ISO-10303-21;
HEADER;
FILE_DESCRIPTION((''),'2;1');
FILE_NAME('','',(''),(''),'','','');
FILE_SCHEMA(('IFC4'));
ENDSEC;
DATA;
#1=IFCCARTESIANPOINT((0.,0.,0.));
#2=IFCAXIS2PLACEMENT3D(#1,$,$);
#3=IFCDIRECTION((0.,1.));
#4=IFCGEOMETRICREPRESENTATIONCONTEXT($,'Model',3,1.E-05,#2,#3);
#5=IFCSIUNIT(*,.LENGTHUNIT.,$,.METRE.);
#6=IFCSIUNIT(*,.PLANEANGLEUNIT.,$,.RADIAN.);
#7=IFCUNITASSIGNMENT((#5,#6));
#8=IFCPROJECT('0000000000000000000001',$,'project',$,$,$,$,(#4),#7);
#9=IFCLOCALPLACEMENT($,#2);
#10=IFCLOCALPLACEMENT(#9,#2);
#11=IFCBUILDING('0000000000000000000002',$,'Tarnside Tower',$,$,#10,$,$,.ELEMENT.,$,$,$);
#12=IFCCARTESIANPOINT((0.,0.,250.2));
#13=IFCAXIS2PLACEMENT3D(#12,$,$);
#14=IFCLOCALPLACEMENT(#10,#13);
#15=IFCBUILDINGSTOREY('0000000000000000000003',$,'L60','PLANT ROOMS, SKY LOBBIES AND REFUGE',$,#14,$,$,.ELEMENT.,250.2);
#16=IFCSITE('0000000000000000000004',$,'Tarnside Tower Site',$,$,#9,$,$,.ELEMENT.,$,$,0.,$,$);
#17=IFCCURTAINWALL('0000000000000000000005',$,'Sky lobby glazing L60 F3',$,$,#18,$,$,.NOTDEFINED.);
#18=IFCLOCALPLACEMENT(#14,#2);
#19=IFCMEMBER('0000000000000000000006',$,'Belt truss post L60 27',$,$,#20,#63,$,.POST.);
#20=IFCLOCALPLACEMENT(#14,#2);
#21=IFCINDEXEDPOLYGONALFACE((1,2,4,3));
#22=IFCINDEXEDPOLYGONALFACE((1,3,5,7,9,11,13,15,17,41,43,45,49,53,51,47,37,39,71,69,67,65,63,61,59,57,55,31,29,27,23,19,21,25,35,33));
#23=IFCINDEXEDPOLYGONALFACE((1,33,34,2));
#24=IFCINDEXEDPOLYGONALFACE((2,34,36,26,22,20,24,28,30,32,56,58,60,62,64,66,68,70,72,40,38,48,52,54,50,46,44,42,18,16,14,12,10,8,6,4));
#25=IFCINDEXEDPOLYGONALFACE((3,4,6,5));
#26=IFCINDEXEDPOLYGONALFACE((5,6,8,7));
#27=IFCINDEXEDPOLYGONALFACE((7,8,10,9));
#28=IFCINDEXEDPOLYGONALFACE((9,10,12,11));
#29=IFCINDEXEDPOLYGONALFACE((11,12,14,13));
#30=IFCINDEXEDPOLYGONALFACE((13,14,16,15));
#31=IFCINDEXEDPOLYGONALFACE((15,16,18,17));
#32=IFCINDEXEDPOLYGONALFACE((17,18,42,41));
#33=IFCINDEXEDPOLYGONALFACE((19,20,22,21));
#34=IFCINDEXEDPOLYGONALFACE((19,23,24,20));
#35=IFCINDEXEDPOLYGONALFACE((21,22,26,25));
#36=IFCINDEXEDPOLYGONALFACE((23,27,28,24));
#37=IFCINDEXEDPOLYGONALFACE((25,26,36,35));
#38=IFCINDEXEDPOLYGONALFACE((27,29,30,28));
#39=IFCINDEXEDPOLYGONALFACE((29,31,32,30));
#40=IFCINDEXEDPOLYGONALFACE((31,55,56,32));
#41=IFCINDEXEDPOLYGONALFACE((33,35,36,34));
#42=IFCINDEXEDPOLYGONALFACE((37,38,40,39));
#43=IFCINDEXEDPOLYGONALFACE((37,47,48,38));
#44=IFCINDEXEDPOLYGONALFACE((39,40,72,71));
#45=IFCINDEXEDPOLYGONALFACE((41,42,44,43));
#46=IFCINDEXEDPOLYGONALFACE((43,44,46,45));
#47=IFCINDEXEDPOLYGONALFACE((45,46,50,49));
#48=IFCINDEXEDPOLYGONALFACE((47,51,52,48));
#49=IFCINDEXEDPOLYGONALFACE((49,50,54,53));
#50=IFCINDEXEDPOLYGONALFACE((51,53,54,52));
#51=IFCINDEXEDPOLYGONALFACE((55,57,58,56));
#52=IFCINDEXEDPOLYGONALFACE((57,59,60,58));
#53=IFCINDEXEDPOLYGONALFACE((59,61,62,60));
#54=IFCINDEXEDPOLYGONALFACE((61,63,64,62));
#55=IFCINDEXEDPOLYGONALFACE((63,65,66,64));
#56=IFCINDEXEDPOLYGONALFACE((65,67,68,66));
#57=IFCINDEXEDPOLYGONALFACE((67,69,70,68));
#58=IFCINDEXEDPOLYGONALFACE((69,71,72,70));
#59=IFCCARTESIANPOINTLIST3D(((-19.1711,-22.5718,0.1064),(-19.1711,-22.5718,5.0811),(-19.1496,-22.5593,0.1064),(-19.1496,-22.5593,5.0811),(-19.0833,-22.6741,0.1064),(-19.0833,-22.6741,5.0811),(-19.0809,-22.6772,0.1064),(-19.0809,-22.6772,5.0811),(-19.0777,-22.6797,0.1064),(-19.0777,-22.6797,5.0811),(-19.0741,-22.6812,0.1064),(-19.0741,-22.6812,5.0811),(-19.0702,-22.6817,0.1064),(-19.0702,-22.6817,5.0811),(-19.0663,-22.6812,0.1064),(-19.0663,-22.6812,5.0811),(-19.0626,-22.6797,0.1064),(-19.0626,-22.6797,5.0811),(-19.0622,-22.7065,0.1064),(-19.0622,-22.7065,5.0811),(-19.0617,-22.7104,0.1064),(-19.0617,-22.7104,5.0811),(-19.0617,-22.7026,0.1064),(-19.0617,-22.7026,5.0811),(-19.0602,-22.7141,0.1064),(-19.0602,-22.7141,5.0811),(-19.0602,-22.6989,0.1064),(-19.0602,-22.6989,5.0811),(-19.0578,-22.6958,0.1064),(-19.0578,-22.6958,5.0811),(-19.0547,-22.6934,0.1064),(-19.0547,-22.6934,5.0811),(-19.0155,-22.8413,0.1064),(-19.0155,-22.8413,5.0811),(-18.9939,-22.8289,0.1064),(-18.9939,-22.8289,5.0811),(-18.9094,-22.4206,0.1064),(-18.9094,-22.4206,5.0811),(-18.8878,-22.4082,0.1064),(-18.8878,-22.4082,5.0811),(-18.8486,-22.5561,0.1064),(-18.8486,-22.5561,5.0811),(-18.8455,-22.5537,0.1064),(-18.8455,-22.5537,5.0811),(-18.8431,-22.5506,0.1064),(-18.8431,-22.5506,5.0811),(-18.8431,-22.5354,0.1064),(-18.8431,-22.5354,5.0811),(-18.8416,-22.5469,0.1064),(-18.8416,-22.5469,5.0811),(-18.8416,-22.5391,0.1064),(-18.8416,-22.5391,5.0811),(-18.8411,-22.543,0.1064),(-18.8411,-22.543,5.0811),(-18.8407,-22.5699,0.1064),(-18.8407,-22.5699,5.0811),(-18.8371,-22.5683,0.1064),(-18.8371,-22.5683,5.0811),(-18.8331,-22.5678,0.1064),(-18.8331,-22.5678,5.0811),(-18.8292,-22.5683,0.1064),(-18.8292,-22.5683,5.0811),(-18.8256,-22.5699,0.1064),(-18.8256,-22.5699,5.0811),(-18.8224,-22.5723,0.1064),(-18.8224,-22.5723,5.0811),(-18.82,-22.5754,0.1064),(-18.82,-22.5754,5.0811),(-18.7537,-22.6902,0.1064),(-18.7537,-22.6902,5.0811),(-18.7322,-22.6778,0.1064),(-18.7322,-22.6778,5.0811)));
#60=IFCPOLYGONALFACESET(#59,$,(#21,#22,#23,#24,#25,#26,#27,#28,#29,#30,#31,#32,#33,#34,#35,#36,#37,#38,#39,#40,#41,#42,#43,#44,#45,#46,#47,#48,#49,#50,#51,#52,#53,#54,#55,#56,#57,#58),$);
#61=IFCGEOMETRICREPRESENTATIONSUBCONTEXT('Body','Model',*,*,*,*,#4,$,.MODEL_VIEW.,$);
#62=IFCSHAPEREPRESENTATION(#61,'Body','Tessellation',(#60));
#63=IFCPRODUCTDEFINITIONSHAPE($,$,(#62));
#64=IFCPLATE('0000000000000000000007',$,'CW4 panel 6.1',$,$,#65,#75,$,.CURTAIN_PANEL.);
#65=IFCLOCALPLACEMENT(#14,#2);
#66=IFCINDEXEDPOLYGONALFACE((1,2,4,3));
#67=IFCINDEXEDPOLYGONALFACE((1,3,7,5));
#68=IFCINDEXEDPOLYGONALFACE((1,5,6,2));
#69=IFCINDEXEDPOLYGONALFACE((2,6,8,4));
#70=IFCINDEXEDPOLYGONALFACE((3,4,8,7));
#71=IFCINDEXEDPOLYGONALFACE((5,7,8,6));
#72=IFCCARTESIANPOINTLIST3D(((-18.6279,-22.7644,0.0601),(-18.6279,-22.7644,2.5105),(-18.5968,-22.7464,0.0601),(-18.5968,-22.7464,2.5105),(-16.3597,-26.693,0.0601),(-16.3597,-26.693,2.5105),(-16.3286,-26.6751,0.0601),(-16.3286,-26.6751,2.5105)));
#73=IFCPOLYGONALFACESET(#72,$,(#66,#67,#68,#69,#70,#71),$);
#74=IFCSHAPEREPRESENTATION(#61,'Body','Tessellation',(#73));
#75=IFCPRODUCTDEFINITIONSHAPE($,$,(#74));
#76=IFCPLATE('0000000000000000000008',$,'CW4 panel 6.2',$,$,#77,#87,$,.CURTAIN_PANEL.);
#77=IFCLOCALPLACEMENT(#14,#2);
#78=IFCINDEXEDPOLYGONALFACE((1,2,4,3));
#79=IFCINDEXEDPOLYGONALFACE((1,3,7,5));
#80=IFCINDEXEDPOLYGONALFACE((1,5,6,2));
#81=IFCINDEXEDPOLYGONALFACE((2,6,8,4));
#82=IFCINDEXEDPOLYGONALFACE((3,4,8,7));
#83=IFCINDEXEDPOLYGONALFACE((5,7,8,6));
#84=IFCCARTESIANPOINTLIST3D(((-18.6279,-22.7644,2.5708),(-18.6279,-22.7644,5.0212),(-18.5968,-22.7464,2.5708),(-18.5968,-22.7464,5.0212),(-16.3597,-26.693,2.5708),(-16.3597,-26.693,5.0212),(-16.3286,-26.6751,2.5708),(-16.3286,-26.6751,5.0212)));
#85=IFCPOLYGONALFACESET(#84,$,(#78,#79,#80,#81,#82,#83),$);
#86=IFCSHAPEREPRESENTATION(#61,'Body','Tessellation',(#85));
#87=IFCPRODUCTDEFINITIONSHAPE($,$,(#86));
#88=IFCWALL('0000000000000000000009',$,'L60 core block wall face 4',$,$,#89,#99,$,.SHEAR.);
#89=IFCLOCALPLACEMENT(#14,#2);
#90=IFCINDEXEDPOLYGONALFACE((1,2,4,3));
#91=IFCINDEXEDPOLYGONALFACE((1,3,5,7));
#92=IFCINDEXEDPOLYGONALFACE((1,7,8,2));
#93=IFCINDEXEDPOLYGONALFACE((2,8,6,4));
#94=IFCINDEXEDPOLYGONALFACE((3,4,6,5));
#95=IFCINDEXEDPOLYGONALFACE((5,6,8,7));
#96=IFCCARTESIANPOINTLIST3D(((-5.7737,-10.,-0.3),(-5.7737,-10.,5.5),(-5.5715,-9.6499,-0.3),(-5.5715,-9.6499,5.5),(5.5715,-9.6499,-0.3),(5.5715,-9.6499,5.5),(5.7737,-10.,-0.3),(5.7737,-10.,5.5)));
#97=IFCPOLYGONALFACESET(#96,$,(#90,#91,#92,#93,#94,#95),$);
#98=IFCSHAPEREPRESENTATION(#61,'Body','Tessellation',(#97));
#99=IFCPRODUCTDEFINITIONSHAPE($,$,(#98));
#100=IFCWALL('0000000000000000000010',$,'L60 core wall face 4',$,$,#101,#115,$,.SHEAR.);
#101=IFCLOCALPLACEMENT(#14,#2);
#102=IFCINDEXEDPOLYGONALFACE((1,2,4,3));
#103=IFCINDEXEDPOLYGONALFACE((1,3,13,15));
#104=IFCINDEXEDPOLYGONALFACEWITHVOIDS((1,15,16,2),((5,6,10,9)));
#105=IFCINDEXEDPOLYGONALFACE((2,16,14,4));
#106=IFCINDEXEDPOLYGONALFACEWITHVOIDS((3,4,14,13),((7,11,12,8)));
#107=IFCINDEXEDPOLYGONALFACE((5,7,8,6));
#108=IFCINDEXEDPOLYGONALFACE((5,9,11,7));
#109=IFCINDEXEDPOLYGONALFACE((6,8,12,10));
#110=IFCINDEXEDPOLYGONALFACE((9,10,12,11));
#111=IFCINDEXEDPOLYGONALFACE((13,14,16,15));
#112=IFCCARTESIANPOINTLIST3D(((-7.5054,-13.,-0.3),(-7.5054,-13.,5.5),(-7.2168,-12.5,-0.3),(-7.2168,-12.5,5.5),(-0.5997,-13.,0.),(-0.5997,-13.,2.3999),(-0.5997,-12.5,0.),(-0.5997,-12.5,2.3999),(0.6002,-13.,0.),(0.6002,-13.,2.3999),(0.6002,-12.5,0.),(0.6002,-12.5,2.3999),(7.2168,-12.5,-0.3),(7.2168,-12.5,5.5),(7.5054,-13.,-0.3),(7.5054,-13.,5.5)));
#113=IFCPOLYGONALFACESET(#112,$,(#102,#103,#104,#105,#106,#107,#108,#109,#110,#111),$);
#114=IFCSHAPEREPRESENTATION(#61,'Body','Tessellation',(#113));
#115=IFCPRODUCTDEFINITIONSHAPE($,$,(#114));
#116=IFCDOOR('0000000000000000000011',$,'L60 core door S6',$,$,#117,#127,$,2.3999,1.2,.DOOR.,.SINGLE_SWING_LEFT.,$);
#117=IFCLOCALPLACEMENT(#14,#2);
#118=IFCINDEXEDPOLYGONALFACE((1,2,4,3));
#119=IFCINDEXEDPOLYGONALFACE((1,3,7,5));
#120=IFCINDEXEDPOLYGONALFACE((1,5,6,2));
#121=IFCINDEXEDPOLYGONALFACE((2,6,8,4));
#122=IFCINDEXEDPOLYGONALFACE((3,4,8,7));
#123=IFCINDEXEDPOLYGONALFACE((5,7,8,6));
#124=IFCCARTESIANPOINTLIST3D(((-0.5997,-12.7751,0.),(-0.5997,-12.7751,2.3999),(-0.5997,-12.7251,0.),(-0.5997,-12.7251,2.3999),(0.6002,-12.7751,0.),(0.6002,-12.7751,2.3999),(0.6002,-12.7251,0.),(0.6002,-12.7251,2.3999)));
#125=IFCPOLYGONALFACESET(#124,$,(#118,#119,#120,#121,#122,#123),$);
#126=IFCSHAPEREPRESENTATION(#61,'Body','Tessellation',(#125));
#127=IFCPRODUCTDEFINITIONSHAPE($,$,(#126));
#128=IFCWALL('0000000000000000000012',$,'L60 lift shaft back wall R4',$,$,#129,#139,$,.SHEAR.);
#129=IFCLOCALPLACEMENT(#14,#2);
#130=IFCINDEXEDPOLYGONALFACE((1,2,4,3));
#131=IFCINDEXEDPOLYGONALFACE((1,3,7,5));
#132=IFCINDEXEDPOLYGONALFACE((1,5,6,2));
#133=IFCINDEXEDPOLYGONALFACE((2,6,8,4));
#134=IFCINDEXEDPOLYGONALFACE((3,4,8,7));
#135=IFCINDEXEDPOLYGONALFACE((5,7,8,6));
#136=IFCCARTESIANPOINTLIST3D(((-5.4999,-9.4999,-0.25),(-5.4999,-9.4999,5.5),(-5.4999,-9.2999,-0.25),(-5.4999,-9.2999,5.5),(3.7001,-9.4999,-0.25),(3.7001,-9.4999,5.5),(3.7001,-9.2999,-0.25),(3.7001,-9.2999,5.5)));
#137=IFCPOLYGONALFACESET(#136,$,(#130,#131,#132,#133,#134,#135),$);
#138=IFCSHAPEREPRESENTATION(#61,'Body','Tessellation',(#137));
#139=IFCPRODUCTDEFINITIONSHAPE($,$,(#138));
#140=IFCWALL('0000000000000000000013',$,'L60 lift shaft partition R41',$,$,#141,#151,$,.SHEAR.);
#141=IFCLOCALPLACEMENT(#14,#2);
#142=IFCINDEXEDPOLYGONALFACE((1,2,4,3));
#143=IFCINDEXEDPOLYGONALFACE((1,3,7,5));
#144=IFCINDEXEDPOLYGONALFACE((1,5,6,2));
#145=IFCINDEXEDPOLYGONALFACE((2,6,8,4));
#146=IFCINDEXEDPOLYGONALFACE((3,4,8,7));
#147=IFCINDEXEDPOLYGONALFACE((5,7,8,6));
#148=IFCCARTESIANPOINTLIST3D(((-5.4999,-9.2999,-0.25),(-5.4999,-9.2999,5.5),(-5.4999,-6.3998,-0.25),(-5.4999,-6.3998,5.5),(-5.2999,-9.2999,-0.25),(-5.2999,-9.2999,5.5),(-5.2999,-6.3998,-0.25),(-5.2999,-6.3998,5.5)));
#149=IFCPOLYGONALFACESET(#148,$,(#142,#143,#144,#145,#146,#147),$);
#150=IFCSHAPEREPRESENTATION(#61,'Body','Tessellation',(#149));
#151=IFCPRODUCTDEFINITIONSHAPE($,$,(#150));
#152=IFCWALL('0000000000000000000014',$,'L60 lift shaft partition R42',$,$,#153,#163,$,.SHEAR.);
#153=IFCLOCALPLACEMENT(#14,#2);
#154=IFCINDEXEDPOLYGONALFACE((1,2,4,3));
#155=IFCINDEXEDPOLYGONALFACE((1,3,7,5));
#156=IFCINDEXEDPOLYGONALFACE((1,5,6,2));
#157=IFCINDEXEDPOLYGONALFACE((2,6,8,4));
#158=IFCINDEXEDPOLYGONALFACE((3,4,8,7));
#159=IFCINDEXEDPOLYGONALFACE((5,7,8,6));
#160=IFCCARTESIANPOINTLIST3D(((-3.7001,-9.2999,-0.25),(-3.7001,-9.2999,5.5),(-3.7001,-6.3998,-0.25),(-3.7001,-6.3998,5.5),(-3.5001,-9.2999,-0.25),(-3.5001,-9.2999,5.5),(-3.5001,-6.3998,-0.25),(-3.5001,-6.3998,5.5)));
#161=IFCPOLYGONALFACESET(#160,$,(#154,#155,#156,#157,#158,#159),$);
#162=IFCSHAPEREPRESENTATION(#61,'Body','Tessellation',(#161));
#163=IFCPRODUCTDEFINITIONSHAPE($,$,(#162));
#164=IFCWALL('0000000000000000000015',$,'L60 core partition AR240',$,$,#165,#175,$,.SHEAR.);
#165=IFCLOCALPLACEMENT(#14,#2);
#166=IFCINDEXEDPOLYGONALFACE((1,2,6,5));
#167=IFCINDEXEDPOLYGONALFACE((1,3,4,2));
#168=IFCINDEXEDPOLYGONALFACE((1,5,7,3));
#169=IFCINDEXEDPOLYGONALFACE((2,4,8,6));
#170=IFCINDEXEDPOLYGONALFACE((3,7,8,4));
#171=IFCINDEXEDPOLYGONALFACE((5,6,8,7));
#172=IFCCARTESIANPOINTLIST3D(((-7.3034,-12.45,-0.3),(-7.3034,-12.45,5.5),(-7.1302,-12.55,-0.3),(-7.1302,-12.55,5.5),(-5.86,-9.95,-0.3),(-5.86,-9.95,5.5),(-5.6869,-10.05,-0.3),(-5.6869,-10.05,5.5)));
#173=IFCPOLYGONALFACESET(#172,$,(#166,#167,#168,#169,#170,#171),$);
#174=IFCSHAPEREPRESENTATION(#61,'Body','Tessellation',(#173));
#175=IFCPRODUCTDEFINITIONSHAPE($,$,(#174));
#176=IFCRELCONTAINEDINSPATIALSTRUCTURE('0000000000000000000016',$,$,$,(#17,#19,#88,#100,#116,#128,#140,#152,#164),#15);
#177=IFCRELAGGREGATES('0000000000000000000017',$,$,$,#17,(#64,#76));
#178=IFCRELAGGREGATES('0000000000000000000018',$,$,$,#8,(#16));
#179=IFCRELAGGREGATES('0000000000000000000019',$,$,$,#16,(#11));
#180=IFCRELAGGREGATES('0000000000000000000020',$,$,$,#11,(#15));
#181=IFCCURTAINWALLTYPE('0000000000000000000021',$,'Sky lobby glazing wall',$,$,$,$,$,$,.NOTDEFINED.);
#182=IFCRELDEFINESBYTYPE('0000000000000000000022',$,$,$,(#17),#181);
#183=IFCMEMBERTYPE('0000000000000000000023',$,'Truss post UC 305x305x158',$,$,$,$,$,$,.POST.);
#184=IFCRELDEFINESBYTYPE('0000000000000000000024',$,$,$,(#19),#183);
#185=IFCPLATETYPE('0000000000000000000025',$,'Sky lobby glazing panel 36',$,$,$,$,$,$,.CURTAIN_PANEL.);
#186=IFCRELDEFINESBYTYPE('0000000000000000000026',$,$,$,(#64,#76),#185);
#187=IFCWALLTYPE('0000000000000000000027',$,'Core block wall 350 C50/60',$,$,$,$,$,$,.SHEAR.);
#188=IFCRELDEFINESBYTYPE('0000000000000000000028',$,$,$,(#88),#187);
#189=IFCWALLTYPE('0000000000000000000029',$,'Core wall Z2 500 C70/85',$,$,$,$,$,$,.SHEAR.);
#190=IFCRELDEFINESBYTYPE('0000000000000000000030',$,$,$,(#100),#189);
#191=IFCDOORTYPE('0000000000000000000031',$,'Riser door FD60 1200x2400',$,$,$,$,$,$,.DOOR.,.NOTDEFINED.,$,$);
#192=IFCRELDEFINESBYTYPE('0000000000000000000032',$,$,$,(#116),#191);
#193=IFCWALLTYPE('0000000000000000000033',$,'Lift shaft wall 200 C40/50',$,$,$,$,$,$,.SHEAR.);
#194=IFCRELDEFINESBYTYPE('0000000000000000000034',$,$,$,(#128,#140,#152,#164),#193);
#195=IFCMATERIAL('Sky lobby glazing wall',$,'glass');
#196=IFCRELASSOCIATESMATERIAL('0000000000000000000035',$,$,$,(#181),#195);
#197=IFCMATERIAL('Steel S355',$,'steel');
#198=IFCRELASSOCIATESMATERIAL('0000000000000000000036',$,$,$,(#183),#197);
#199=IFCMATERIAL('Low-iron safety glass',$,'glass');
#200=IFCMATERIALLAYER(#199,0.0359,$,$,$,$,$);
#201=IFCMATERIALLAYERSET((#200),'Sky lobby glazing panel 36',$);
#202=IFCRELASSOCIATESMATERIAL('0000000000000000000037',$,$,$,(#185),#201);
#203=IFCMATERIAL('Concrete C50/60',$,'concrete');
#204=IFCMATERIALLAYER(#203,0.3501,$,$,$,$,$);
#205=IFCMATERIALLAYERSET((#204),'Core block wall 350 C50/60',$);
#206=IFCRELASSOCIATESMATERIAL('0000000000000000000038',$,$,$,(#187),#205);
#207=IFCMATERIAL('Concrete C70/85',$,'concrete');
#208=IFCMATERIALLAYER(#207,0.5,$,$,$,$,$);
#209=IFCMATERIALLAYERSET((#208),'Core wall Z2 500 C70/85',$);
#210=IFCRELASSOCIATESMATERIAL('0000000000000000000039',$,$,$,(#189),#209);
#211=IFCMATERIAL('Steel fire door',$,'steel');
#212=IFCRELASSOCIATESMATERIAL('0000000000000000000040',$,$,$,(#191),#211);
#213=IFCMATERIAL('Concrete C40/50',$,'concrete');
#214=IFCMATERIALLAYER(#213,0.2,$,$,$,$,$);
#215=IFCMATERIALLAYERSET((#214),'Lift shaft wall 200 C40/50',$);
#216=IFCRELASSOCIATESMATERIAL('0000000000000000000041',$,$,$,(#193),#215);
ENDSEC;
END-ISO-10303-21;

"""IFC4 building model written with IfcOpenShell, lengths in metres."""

from ifc_helpers import new_model, si_unit, direction, frame, frame_2d, origin, origin_2d, place, context, subcontext, project, spatial, polyline, rectangle, i_section, outline, extrude, material, layer, layer_set, material_profile, profile_set, type_object, element, fill, aggregate, save


model = new_model("IFC4")

# Units and contexts
model_context = context("Model", 3, precision=1e-05, world=origin(), true_north=direction((0.0, 1.0)))
body_context = subcontext(model_context, "Body", "Model", "MODEL_VIEW")
ifc_project = project(units=[si_unit("LENGTHUNIT", "METRE"), si_unit("PLANEANGLEUNIT", "RADIAN")], contexts=[model_context])

# Site, building, storey
site_placement = place(None, origin())
site = spatial("IfcSite", under=ifc_project, at=site_placement, Name="Tarnside Tower Site", CompositionType="ELEMENT", RefElevation=0.0)
building_placement = place(site_placement, origin())
building = spatial("IfcBuilding", under=site, at=building_placement, Name="Tarnside Tower", CompositionType="ELEMENT")
storey_placement = place(building_placement, frame((0.0, 0.0, 250.2)))
storey = spatial("IfcBuildingStorey", under=building, at=storey_placement, Name="L60", Description="PLANT ROOMS, SKY LOBBIES AND REFUGE", CompositionType="ELEMENT", Elevation=250.2)

# Shared definitions
ifc_material_1 = material(Name="Steel S355", Category="steel")

# Curtain wall
ifc_material_2 = material(Name="Sky lobby glazing wall", Category="glass")
curtain_wall_type = type_object("IfcCurtainWallType", Name="Sky lobby glazing wall", PredefinedType="NOTDEFINED", material=ifc_material_2)
curtain_wall_placement = place(storey_placement, origin())
curtain_wall = element("IfcCurtainWall", 1, at=curtain_wall_placement, inside=storey, type_object=curtain_wall_type, Name="Sky lobby glazing L60 F3", PredefinedType="NOTDEFINED")

# Member
ifc_material_profile_1 = material_profile(ifc_material_1, i_section(OverallWidth=0.3113, OverallDepth=0.3271, WebThickness=0.0159, FlangeThickness=0.0249, FilletRadius=0.0151, at=origin_2d()), Name="UC 305x305x158")
ifc_profile_set_1 = profile_set([ifc_material_profile_1], Name="Steel S355")
member_type_1 = type_object("IfcMemberType", Name="Truss post UC 305x305x158", PredefinedType="POST", material=ifc_profile_set_1)
member_1_placement = place(storey_placement, frame((-18.9517, -22.6248, 0.1064), z_axis=(0.0, 0.0, 1.0), x_axis=(0.5, -0.866025, 0.0)))
element("IfcMember", 2, at=member_1_placement, inside=storey, type_object=member_type_1, Name="Belt truss post L60 27", PredefinedType="POST", context=body_context, shape_type="SweptSolid", body=[
    extrude(i_section(OverallWidth=0.3113, OverallDepth=0.3271, WebThickness=0.0159, FlangeThickness=0.0249, FilletRadius=0.0151, at=origin_2d()), origin(), (0.0, 0.0, 1.0), 4.9746),
])

# Plates
ifc_material_3 = material(Name="Low-iron safety glass", Category="glass")
ifc_layer_1 = layer(ifc_material_3, 0.0359)
ifc_layer_set_1 = layer_set([ifc_layer_1], Name="Sky lobby glazing panel 36")
plate_type = type_object("IfcPlateType", Name="Sky lobby glazing panel 36", PredefinedType="CURTAIN_PANEL", material=ifc_layer_set_1)
plate_1_placement = place(storey_placement, frame((-17.4783, -24.7197, 0.0601), z_axis=(0.0, 0.0, 1.0), x_axis=(0.5, -0.866025, 0.0)))
plate_1 = element("IfcPlate", 3, at=plate_1_placement, type_object=plate_type, Name="CW4 panel 6.1", PredefinedType="CURTAIN_PANEL", context=body_context, shape_type="SweptSolid", body=[
    extrude(rectangle(XDim=4.5364, YDim=0.0359, at=origin_2d()), origin(), (0.0, 0.0, 1.0), 2.4504),
])
plate_2_placement = place(storey_placement, frame((-17.4783, -24.7197, 2.5708), z_axis=(0.0, 0.0, 1.0), x_axis=(0.5, -0.866025, 0.0)))
plate_2 = element("IfcPlate", 4, at=plate_2_placement, type_object=plate_type, Name="CW4 panel 6.2", PredefinedType="CURTAIN_PANEL", context=body_context, shape_type="SweptSolid", body=[
    extrude(rectangle(XDim=4.5364, YDim=0.0359, at=origin_2d()), origin(), (0.0, 0.0, 1.0), 2.4504),
])
aggregate(curtain_wall, [plate_1, plate_2])

# Wall
ifc_material_4 = material(Name="Concrete C50/60", Category="concrete")
ifc_layer_2 = layer(ifc_material_4, 0.3501)
ifc_layer_set_2 = layer_set([ifc_layer_2], Name="Core block wall 350 C50/60")
wall_type_1 = type_object("IfcWallType", Name="Core block wall 350 C50/60", PredefinedType="SHEAR", material=ifc_layer_set_2)
wall_1_placement = place(storey_placement, frame((-5.6726, -9.825, -0.3), z_axis=(0.0, 0.0, 1.0), x_axis=(1.0, 0.0, 0.0)))
element("IfcWall", 5, at=wall_1_placement, inside=storey, type_object=wall_type_1, Name="L60 core block wall face 4", PredefinedType="SHEAR", context=body_context, shape_type="SweptSolid", body=[
    extrude(outline(polyline([(-0.1011, -0.175), (11.4463, -0.175), (11.2441, 0.175), (0.1011, 0.175), (-0.1011, -0.175)])), origin(), (0.0, 0.0, 1.0), 5.8),
])

# Wall, opening, door
ifc_material_5 = material(Name="Concrete C70/85", Category="concrete")
ifc_layer_3 = layer(ifc_material_5, 0.5)
ifc_layer_set_3 = layer_set([ifc_layer_3], Name="Core wall Z2 500 C70/85")
wall_type_2 = type_object("IfcWallType", Name="Core wall Z2 500 C70/85", PredefinedType="SHEAR", material=ifc_layer_set_3)
wall_2_placement = place(storey_placement, frame((-7.3611, -12.75, -0.3), z_axis=(0.0, 0.0, 1.0), x_axis=(1.0, 0.0, 0.0)))
wall_2 = element("IfcWall", 6, at=wall_2_placement, inside=storey, type_object=wall_type_2, Name="L60 core wall face 4", PredefinedType="SHEAR", context=body_context, shape_type="SweptSolid", body=[
    extrude(outline(polyline([(-0.1443, -0.25), (14.8665, -0.25), (14.5779, 0.25), (0.1443, 0.25), (-0.1443, -0.25)])), origin(), (0.0, 0.0, 1.0), 5.8),
])
opening_1_placement = place(wall_2_placement, frame((6.7612, 0.0, 0.3)))
opening_1 = element("IfcOpeningElement", 7, at=opening_1_placement, cuts=wall_2, PredefinedType="OPENING", context=body_context, shape_type="SweptSolid", body=[
    extrude(rectangle(XDim=1.2, YDim=2.3999, at=frame_2d((0.6001, 1.2))), frame((0.0, 0.26, 0.0), z_axis=(0.0, -1.0, 0.0), x_axis=(1.0, 0.0, 0.0)), (0.0, 0.0, 1.0), 0.52),
])
ifc_material_6 = material(Name="Steel fire door", Category="steel")
door_type_1 = type_object("IfcDoorType", Name="Riser door FD60 1200x2400", OperationType="NOTDEFINED", PredefinedType="DOOR", material=ifc_material_6)
door_1_placement = place(opening_1_placement, origin())
door_1 = element("IfcDoor", 8, at=door_1_placement, inside=storey, type_object=door_type_1, Name="L60 core door S6", OperationType="SINGLE_SWING_LEFT", OverallHeight=2.3999, OverallWidth=1.2, PredefinedType="DOOR", context=body_context, shape_type="SweptSolid", body=[
    extrude(rectangle(XDim=1.2, YDim=2.3999, at=frame_2d((0.6001, 1.2))), frame((0.0, 0.0249, 0.0), z_axis=(0.0, -1.0, 0.0), x_axis=(1.0, 0.0, 0.0)), (0.0, 0.0, 1.0), 0.05),
])
fill(opening_1, door_1)

# Walls
ifc_material_7 = material(Name="Concrete C40/50", Category="concrete")
ifc_layer_4 = layer(ifc_material_7, 0.2)
ifc_layer_set_4 = layer_set([ifc_layer_4], Name="Lift shaft wall 200 C40/50")
wall_type_3 = type_object("IfcWallType", Name="Lift shaft wall 200 C40/50", PredefinedType="SHEAR", material=ifc_layer_set_4)
wall_3_placement = place(storey_placement, frame((-5.5, -9.3999, -0.25), z_axis=(0.0, 0.0, 1.0), x_axis=(1.0, 0.0, 0.0)))
element("IfcWall", 9, at=wall_3_placement, inside=storey, type_object=wall_type_3, Name="L60 lift shaft back wall R4", PredefinedType="SHEAR", context=body_context, shape_type="SweptSolid", body=[
    extrude(rectangle(XDim=9.2, YDim=0.2, at=frame_2d((4.6001, 0.0))), origin(), (0.0, 0.0, 1.0), 5.75),
])
for number, where, z_axis, x_axis, name in (
    (10, (-5.3999, -9.3, -0.25), (0.0, 0.0, 1.0), (0.0, 1.0, 0.0), "L60 lift shaft partition R41"),
    (11, (-3.6001, -9.3, -0.25), (0.0, 0.0, 1.0), (0.0, 1.0, 0.0), "L60 lift shaft partition R42"),
):
    element("IfcWall", number, at=place(storey_placement, frame(where, z_axis=z_axis, x_axis=x_axis)), inside=storey, type_object=wall_type_3, Name=name, PredefinedType="SHEAR", context=body_context, shape_type="SweptSolid", body=[
        extrude(rectangle(XDim=2.9001, YDim=0.2, at=frame_2d((1.4502, 0.0))), origin(), (0.0, 0.0, 1.0), 5.75),
    ])
wall_4_placement = place(storey_placement, frame((-5.7734, -10.0, -0.3), z_axis=(0.0, 0.0, 1.0), x_axis=(-0.499996, -0.866028, 0.0)))
element("IfcWall", 12, at=wall_4_placement, inside=storey, type_object=wall_type_3, Name="L60 core partition AR240", PredefinedType="SHEAR", context=body_context, shape_type="SweptSolid", body=[
    extrude(rectangle(XDim=2.8867, YDim=0.2, at=frame_2d((1.4434, 0.0))), origin(), (0.0, 0.0, 1.0), 5.8),
])

save(model, "model.ifc")
